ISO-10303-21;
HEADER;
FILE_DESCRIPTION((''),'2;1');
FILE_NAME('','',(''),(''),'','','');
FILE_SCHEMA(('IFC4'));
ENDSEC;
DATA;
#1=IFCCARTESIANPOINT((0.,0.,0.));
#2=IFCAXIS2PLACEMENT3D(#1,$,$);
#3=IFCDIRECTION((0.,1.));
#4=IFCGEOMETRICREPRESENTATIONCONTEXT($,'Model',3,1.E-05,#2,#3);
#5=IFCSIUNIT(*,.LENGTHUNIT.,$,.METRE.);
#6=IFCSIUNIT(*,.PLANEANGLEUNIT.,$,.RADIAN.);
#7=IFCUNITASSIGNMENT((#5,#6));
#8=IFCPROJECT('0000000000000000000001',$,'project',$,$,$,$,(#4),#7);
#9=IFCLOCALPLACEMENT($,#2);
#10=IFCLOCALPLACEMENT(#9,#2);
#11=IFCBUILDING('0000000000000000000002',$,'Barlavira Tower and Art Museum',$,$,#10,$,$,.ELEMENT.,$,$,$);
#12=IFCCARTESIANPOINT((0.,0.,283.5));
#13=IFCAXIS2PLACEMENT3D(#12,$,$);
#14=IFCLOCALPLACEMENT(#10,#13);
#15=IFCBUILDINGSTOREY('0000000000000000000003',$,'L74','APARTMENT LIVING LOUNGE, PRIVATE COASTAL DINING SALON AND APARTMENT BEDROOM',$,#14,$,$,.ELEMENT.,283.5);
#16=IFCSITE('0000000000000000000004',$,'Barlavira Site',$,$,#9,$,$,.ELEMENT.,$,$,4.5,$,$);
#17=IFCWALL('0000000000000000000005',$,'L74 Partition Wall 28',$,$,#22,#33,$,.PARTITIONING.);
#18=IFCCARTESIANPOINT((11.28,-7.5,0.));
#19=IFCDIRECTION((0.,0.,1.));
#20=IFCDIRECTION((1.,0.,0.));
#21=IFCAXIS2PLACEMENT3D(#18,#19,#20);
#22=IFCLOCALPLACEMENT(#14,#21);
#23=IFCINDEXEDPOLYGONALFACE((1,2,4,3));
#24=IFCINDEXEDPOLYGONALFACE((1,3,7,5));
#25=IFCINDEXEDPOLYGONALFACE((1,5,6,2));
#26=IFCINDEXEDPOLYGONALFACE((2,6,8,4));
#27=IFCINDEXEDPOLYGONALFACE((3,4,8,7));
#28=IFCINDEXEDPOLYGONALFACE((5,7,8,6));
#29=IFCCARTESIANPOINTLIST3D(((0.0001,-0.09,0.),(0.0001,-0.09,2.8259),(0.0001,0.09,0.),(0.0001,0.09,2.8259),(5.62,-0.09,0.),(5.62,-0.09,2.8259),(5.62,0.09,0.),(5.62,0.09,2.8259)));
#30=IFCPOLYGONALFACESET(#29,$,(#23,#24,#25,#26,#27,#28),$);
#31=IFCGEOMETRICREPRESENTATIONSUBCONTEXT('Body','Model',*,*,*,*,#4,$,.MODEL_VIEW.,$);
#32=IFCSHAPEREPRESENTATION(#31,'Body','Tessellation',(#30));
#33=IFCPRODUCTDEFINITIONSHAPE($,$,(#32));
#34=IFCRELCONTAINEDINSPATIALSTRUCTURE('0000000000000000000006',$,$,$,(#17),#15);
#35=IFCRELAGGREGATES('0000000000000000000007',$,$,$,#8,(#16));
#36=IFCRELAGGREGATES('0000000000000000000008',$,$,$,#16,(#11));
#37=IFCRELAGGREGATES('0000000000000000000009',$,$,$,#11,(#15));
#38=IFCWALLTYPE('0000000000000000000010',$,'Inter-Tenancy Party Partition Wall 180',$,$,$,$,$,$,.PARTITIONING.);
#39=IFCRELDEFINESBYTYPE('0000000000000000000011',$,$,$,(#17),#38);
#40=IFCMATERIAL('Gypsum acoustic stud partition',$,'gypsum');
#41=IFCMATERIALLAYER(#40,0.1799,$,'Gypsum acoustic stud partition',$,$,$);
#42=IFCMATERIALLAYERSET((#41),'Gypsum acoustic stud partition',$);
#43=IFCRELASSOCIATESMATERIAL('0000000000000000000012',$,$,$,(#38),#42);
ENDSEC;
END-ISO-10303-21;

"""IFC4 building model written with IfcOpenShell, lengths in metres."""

from ifc_helpers import new_model, si_unit, direction, frame, frame_2d, origin, place, context, subcontext, project, spatial, rectangle, extrude, material, layer, layer_set, type_object, element, save


model = new_model("IFC4")

# Units and contexts
model_context = context("Model", 3, precision=1e-05, world=origin(), true_north=direction((0.0, 1.0)))
body_context = subcontext(model_context, "Body", "Model", "MODEL_VIEW")
ifc_project = project(units=[si_unit("LENGTHUNIT", "METRE"), si_unit("PLANEANGLEUNIT", "RADIAN")], contexts=[model_context])

# Site, building, storey
site_placement = place(None, origin())
site = spatial("IfcSite", under=ifc_project, at=site_placement, Name="Barlavira Site", CompositionType="ELEMENT", RefElevation=4.5)
building_placement = place(site_placement, origin())
building = spatial("IfcBuilding", under=site, at=building_placement, Name="Barlavira Tower and Art Museum", CompositionType="ELEMENT")
storey_placement = place(building_placement, frame((0.0, 0.0, 283.5)))
storey = spatial("IfcBuildingStorey", under=building, at=storey_placement, Name="L74", Description="APARTMENT LIVING LOUNGE, PRIVATE COASTAL DINING SALON AND APARTMENT BEDROOM", CompositionType="ELEMENT", Elevation=283.5)

# Wall
ifc_material_1 = material(Name="Gypsum acoustic stud partition", Category="gypsum")
ifc_layer_1 = layer(ifc_material_1, 0.1799, Name="Gypsum acoustic stud partition")
ifc_layer_set_1 = layer_set([ifc_layer_1], Name="Gypsum acoustic stud partition")
wall_type_1 = type_object("IfcWallType", Name="Inter-Tenancy Party Partition Wall 180", PredefinedType="PARTITIONING", material=ifc_layer_set_1)
wall_1_placement = place(storey_placement, frame((11.28, -7.5, 0.0), z_axis=(0.0, 0.0, 1.0), x_axis=(1.0, 0.0, 0.0)))
element("IfcWall", 1, at=wall_1_placement, inside=storey, type_object=wall_type_1, Name="L74 Partition Wall 28", PredefinedType="PARTITIONING", context=body_context, shape_type="SweptSolid", body=[
    extrude(rectangle(XDim=5.6199, YDim=0.1799, at=frame_2d((2.8101, 0.0))), origin(), (0.0, 0.0, 1.0), 2.8259),
])

save(model, "model.ifc")
